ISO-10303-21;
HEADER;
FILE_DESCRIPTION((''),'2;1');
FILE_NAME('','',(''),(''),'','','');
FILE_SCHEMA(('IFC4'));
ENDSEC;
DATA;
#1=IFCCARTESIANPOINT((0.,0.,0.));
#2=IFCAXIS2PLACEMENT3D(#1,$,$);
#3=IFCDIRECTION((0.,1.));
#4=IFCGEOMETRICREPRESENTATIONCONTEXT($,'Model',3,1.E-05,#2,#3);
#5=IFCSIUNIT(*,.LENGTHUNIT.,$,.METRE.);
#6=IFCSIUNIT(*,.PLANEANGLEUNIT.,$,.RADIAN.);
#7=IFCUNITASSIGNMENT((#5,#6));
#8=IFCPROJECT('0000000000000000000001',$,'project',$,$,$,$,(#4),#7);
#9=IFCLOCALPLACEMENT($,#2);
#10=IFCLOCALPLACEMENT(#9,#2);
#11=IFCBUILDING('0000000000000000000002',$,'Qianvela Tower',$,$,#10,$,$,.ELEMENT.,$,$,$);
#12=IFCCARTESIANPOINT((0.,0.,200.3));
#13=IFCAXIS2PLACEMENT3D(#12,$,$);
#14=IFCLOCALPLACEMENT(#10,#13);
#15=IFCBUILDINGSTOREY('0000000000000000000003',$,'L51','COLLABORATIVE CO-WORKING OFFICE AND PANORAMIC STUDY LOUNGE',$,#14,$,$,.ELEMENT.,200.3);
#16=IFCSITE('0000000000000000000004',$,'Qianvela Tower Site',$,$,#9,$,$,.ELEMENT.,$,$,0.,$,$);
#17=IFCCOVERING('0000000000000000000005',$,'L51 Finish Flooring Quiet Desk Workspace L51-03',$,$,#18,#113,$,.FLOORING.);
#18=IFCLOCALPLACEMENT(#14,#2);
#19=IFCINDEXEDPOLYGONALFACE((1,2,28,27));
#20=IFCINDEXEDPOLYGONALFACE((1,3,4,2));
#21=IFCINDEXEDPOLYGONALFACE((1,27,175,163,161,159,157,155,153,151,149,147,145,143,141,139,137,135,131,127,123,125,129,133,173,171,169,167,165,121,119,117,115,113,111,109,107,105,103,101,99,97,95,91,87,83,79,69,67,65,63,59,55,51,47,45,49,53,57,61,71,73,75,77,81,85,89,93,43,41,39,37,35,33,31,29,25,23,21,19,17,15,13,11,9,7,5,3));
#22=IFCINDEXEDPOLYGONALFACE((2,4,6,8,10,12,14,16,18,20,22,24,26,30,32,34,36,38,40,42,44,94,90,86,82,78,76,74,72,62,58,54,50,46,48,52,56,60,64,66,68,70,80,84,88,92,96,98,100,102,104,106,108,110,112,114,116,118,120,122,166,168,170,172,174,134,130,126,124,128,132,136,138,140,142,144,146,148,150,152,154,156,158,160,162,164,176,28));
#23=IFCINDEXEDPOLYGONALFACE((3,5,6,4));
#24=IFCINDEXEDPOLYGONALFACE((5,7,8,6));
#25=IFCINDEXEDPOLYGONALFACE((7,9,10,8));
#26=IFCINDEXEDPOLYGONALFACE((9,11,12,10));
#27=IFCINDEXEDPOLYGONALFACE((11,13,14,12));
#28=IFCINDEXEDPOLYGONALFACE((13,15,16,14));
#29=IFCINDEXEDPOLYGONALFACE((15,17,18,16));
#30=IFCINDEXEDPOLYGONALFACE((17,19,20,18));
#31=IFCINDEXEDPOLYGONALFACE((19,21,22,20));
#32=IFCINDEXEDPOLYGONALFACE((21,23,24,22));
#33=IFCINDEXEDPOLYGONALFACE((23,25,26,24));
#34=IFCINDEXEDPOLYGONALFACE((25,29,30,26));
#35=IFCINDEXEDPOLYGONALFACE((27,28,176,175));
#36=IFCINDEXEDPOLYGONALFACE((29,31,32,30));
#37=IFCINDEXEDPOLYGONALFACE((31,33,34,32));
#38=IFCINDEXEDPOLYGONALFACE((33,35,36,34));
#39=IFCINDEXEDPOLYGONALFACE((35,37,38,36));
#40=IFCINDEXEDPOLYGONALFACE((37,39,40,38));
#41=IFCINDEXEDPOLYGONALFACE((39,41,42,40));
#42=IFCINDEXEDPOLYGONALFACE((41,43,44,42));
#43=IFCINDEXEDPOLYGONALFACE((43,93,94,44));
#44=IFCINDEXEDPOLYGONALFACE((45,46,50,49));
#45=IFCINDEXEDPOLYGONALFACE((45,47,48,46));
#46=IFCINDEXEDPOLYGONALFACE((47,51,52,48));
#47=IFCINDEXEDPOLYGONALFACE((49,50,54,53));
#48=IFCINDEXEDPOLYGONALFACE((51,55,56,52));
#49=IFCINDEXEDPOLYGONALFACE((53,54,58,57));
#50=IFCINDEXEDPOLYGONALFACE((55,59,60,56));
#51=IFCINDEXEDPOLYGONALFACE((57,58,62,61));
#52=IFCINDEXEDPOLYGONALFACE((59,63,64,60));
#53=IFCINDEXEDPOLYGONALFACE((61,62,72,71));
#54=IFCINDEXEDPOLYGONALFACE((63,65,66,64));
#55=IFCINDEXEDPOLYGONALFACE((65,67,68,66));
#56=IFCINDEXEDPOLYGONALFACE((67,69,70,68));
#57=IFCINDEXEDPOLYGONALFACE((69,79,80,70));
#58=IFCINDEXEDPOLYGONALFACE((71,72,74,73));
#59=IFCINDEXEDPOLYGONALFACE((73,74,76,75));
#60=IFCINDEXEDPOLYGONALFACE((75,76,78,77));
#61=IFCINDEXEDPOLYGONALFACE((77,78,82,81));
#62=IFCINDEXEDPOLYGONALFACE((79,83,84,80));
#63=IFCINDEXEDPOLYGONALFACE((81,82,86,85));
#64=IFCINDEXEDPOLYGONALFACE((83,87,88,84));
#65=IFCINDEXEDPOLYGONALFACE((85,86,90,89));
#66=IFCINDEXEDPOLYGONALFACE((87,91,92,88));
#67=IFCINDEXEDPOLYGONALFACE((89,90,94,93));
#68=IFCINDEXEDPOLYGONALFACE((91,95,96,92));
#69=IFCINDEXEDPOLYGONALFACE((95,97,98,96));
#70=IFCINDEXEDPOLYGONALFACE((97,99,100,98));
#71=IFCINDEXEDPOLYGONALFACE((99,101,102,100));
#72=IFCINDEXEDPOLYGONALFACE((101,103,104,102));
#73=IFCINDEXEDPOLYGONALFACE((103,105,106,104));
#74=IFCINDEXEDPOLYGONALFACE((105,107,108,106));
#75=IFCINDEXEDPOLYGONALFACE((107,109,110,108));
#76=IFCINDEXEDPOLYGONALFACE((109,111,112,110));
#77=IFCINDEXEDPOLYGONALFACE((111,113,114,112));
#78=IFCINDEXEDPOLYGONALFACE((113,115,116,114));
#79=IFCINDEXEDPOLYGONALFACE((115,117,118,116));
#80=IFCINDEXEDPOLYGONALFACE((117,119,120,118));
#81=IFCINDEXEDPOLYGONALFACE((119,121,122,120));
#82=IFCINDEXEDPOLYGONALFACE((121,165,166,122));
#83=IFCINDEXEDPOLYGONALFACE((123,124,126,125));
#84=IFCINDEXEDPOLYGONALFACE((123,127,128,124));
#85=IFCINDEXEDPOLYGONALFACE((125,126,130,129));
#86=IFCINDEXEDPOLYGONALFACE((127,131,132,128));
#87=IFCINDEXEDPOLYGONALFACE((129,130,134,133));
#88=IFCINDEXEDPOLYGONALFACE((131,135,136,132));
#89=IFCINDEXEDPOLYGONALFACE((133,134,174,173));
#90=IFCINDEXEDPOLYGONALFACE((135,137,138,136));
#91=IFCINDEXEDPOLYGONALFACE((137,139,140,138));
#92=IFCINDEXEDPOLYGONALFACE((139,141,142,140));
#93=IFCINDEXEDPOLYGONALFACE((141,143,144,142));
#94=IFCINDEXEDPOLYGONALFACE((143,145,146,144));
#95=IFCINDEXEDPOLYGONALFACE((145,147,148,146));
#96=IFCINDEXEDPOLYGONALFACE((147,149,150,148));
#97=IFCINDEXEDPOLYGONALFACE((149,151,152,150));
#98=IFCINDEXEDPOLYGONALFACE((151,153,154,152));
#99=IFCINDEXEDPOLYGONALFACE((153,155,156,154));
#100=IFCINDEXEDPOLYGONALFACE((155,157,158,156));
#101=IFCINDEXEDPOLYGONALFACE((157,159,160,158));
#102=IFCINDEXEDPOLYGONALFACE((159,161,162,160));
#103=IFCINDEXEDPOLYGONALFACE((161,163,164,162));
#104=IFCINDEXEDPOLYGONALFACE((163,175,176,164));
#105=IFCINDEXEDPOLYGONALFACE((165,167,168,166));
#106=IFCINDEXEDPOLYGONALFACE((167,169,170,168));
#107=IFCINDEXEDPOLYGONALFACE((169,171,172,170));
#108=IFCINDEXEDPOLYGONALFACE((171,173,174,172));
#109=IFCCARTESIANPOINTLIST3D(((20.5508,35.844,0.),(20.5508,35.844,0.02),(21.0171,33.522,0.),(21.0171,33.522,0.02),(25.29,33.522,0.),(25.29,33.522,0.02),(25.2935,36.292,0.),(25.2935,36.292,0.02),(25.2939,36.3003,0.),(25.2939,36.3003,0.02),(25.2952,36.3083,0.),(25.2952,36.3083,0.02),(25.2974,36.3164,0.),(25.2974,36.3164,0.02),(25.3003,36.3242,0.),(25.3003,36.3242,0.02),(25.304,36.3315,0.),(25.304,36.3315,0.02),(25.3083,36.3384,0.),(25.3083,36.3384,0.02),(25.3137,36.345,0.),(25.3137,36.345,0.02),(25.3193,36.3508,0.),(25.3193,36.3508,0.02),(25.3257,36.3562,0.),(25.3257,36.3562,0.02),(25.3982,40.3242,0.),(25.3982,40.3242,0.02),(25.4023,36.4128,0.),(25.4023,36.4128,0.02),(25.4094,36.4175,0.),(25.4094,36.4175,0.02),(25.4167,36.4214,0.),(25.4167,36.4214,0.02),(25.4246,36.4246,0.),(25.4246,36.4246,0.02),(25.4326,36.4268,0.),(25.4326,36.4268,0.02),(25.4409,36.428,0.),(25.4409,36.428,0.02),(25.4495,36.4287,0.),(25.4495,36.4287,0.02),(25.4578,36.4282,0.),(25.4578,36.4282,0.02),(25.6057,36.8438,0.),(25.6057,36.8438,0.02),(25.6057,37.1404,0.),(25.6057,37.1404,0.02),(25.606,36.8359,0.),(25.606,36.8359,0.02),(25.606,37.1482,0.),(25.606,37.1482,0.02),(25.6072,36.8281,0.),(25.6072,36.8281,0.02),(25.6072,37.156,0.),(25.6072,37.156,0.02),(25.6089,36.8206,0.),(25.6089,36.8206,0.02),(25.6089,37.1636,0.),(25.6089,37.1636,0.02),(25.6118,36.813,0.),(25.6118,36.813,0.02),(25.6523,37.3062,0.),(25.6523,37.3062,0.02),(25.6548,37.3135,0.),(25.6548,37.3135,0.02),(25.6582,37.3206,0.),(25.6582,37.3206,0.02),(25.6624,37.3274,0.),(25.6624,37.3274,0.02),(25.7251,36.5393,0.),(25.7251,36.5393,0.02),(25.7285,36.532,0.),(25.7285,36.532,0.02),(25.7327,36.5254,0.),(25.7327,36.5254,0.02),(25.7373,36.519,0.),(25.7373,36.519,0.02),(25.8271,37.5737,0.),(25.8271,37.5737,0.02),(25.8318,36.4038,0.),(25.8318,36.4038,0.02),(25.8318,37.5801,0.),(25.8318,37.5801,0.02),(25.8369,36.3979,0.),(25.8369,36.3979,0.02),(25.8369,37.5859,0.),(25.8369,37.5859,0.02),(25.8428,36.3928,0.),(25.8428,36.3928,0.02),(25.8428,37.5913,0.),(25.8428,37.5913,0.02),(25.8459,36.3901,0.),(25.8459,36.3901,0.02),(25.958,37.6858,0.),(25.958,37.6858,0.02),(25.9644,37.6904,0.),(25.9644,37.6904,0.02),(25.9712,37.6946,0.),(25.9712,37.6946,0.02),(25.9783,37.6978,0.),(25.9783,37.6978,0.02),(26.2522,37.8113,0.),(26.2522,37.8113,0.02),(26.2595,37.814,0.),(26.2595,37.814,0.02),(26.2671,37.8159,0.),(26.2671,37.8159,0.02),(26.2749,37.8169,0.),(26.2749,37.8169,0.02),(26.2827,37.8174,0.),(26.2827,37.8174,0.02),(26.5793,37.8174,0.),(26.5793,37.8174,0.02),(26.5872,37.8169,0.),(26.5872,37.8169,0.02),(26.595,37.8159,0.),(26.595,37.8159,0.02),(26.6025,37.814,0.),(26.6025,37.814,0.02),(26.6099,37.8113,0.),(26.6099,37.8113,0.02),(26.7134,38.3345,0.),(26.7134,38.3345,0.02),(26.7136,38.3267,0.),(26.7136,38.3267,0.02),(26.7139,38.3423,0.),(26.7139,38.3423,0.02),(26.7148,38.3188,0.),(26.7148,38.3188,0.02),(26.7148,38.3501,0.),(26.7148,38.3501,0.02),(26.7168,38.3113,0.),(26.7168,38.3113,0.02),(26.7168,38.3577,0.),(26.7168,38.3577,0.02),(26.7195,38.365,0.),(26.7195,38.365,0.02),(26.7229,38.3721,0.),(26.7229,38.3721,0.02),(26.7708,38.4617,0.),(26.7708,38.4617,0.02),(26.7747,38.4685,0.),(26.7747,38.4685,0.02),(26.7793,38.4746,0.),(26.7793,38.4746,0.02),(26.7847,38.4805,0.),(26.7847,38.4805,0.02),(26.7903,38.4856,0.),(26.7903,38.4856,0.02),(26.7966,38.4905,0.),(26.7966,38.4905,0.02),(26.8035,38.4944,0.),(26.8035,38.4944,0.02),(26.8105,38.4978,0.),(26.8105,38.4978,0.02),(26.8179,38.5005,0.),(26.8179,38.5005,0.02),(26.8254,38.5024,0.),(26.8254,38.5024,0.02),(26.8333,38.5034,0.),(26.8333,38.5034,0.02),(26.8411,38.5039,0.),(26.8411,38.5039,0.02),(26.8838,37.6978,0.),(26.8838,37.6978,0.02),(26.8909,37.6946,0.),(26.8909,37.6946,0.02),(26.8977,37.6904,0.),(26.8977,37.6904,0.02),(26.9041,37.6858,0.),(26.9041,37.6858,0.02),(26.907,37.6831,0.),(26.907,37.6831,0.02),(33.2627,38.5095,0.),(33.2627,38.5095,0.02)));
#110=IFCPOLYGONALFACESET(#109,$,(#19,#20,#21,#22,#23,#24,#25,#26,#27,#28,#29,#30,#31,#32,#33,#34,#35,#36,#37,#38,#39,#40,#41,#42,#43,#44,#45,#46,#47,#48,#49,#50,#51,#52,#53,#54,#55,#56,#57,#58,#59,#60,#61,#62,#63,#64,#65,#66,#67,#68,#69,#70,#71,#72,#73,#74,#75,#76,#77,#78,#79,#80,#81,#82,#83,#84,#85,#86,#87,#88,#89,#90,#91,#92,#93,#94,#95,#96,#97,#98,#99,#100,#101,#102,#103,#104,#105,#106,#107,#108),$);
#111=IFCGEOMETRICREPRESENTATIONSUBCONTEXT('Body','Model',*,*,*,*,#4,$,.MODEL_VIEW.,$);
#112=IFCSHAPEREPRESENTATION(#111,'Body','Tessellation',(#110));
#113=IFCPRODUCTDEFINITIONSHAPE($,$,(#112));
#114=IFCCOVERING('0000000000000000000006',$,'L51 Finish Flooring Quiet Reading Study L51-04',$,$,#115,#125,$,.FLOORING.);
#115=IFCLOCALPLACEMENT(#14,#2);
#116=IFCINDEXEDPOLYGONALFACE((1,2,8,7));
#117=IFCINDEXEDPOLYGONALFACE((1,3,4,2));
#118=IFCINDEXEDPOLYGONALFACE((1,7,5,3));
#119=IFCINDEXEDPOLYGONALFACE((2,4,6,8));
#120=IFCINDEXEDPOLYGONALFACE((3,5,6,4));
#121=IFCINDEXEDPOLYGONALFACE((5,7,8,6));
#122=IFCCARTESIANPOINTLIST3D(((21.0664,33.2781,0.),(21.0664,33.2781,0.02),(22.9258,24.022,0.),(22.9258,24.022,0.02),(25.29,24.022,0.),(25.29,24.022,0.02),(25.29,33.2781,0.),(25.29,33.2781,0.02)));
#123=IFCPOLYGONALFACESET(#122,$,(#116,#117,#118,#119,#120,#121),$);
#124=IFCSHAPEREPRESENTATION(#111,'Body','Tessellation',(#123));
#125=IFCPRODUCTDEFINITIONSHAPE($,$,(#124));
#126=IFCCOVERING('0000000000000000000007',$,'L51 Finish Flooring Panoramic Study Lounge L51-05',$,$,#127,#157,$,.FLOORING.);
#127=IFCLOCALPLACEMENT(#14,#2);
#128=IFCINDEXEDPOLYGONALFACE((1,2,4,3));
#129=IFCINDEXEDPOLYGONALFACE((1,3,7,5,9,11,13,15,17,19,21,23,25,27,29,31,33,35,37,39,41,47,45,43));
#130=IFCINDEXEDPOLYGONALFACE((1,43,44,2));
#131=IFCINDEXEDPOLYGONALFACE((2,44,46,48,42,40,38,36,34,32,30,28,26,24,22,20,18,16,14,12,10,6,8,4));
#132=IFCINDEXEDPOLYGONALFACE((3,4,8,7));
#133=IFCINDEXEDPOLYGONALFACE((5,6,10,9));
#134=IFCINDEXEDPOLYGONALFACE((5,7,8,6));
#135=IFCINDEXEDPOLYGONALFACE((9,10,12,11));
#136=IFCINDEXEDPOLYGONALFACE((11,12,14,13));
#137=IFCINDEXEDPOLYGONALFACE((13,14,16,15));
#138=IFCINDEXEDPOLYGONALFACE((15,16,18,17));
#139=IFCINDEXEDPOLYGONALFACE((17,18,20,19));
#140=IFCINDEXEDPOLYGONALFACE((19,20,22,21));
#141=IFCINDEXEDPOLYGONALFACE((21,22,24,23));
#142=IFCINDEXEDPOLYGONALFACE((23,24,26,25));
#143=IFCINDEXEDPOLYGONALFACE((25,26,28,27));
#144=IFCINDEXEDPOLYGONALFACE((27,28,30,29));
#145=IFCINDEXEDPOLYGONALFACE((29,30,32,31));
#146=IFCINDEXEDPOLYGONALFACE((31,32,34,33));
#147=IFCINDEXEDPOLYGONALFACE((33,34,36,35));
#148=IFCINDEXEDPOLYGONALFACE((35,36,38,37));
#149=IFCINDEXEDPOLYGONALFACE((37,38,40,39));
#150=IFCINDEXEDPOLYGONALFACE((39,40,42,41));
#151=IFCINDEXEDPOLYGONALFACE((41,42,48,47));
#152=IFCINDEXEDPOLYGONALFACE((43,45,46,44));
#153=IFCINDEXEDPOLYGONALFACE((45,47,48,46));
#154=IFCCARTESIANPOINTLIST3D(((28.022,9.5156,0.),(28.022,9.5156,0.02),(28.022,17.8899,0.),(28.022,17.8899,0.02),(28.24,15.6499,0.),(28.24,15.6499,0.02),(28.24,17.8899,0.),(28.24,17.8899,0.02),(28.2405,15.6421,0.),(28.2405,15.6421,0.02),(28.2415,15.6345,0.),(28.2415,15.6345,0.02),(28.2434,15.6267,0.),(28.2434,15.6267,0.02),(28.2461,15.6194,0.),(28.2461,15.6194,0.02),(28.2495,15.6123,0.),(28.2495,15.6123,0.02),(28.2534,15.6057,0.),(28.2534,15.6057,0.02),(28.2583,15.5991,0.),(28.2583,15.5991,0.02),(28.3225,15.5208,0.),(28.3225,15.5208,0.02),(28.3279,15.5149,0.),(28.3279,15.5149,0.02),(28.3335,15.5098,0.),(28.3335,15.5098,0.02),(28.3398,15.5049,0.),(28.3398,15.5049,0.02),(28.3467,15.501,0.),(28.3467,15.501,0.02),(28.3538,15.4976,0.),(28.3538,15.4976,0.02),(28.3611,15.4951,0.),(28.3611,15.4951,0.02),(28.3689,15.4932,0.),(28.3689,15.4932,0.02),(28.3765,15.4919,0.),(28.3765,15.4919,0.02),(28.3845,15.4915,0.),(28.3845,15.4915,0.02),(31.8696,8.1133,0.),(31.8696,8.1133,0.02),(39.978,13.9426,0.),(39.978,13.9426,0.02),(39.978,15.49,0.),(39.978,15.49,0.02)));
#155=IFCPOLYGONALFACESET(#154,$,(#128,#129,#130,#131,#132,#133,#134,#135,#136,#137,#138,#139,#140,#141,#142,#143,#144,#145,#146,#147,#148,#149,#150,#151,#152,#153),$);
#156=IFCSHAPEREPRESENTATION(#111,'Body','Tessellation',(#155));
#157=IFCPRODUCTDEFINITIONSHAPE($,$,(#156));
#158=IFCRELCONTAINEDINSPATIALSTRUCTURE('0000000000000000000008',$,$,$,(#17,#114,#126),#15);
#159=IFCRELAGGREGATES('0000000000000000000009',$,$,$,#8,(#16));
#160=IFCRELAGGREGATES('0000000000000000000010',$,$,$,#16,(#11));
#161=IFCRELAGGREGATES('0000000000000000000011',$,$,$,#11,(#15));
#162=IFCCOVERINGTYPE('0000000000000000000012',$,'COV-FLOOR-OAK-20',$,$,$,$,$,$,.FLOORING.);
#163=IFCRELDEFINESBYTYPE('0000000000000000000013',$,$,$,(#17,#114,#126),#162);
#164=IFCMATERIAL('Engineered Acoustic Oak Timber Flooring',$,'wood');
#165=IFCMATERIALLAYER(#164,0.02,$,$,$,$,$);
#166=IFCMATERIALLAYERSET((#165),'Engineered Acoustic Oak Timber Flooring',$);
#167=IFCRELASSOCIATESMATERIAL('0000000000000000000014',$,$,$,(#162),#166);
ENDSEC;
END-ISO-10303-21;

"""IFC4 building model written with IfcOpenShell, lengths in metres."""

from ifc_helpers import new_model, si_unit, direction, frame, origin, place, context, subcontext, project, spatial, polyline, outline, extrude, material, layer, layer_set, type_object, element, save


model = new_model("IFC4")

# Units and contexts
model_context = context("Model", 3, precision=1e-05, world=origin(), true_north=direction((0.0, 1.0)))
body_context = subcontext(model_context, "Body", "Model", "MODEL_VIEW")
ifc_project = project(units=[si_unit("LENGTHUNIT", "METRE"), si_unit("PLANEANGLEUNIT", "RADIAN")], contexts=[model_context])

# Site, building, storey
site_placement = place(None, origin())
site = spatial("IfcSite", under=ifc_project, at=site_placement, Name="Qianvela Tower Site", CompositionType="ELEMENT", RefElevation=0.0)
building_placement = place(site_placement, origin())
building = spatial("IfcBuilding", under=site, at=building_placement, Name="Qianvela Tower", CompositionType="ELEMENT")
storey_placement = place(building_placement, frame((0.0, 0.0, 200.3)))
storey = spatial("IfcBuildingStorey", under=building, at=storey_placement, Name="L51", Description="COLLABORATIVE CO-WORKING OFFICE AND PANORAMIC STUDY LOUNGE", CompositionType="ELEMENT", Elevation=200.3)

# Coverings
ifc_material_1 = material(Name="Engineered Acoustic Oak Timber Flooring", Category="wood")
ifc_layer_1 = layer(ifc_material_1, 0.02)
ifc_layer_set_1 = layer_set([ifc_layer_1], Name="Engineered Acoustic Oak Timber Flooring")
covering_type_1 = type_object("IfcCoveringType", Name="COV-FLOOR-OAK-20", PredefinedType="FLOORING", material=ifc_layer_set_1)
covering_1_placement = place(storey_placement, origin())
element("IfcCovering", 1, at=covering_1_placement, inside=storey, type_object=covering_type_1, Name="L51 Finish Flooring Quiet Desk Workspace L51-03", PredefinedType="FLOORING", context=body_context, shape_type="SweptSolid", body=[
    extrude(outline(polyline([(25.8459, 36.3901), (25.4578, 36.4282), (25.4495, 36.4287), (25.4409, 36.428), (25.4326, 36.4268), (25.4246, 36.4246), (25.4167, 36.4214), (25.4094, 36.4175), (25.4023, 36.4128), (25.3257, 36.3562), (25.3193, 36.3508), (25.3137, 36.345), (25.3083, 36.3384), (25.304, 36.3315), (25.3003, 36.3242), (25.2974, 36.3164), (25.2952, 36.3083), (25.2939, 36.3003), (25.2935, 36.292), (25.29, 33.522), (21.0171, 33.522), (20.5508, 35.844), (25.3982, 40.3242), (33.2627, 38.5095), (26.8411, 38.5039), (26.8333, 38.5034), (26.8254, 38.5024), (26.8179, 38.5005), (26.8105, 38.4978), (26.8035, 38.4944), (26.7966, 38.4905), (26.7903, 38.4856), (26.7847, 38.4805), (26.7793, 38.4746), (26.7747, 38.4685), (26.7708, 38.4617), (26.7229, 38.3721), (26.7195, 38.365), (26.7168, 38.3577), (26.7148, 38.3501), (26.7139, 38.3423), (26.7134, 38.3345), (26.7136, 38.3267), (26.7148, 38.3188), (26.7168, 38.3113), (26.907, 37.6831), (26.9041, 37.6858), (26.8977, 37.6904), (26.8909, 37.6946), (26.8838, 37.6978), (26.6099, 37.8113), (26.6025, 37.814), (26.595, 37.8159), (26.5872, 37.8169), (26.5793, 37.8174), (26.2827, 37.8174), (26.2749, 37.8169), (26.2671, 37.8159), (26.2595, 37.814), (26.2522, 37.8113), (25.9783, 37.6978), (25.9712, 37.6946), (25.9644, 37.6904), (25.958, 37.6858), (25.8428, 37.5913), (25.8369, 37.5859), (25.8318, 37.5801), (25.8271, 37.5737), (25.6624, 37.3274), (25.6582, 37.3206), (25.6548, 37.3135), (25.6523, 37.3062), (25.6089, 37.1636), (25.6072, 37.156), (25.606, 37.1482), (25.6057, 37.1404), (25.6057, 36.8438), (25.606, 36.8359), (25.6072, 36.8281), (25.6089, 36.8206), (25.6118, 36.813), (25.7251, 36.5393), (25.7285, 36.532), (25.7327, 36.5254), (25.7373, 36.519), (25.8318, 36.4038), (25.8369, 36.3979), (25.8428, 36.3928), (25.8459, 36.3901)])), origin(), (0.0, 0.0, 1.0), 0.02),
])
covering_2_placement = place(storey_placement, origin())
element("IfcCovering", 2, at=covering_2_placement, inside=storey, type_object=covering_type_1, Name="L51 Finish Flooring Quiet Reading Study L51-04", PredefinedType="FLOORING", context=body_context, shape_type="SweptSolid", body=[
    extrude(outline(polyline([(25.29, 33.2781), (25.29, 24.022), (22.9258, 24.022), (21.0664, 33.2781), (25.29, 33.2781)])), origin(), (0.0, 0.0, 1.0), 0.02),
])
covering_3_placement = place(storey_placement, origin())
element("IfcCovering", 3, at=covering_3_placement, inside=storey, type_object=covering_type_1, Name="L51 Finish Flooring Panoramic Study Lounge L51-05", PredefinedType="FLOORING", context=body_context, shape_type="SweptSolid", body=[
    extrude(outline(polyline([(28.022, 17.8899), (28.24, 17.8899), (28.24, 15.6499), (28.2405, 15.6421), (28.2415, 15.6345), (28.2434, 15.6267), (28.2461, 15.6194), (28.2495, 15.6123), (28.2534, 15.6057), (28.2583, 15.5991), (28.3225, 15.5208), (28.3279, 15.5149), (28.3335, 15.5098), (28.3398, 15.5049), (28.3467, 15.501), (28.3538, 15.4976), (28.3611, 15.4951), (28.3689, 15.4932), (28.3765, 15.4919), (28.3845, 15.4915), (39.978, 15.49), (39.978, 13.9426), (31.8696, 8.1133), (28.022, 9.5156), (28.022, 17.8899)])), origin(), (0.0, 0.0, 1.0), 0.02),
])

save(model, "model.ifc")
